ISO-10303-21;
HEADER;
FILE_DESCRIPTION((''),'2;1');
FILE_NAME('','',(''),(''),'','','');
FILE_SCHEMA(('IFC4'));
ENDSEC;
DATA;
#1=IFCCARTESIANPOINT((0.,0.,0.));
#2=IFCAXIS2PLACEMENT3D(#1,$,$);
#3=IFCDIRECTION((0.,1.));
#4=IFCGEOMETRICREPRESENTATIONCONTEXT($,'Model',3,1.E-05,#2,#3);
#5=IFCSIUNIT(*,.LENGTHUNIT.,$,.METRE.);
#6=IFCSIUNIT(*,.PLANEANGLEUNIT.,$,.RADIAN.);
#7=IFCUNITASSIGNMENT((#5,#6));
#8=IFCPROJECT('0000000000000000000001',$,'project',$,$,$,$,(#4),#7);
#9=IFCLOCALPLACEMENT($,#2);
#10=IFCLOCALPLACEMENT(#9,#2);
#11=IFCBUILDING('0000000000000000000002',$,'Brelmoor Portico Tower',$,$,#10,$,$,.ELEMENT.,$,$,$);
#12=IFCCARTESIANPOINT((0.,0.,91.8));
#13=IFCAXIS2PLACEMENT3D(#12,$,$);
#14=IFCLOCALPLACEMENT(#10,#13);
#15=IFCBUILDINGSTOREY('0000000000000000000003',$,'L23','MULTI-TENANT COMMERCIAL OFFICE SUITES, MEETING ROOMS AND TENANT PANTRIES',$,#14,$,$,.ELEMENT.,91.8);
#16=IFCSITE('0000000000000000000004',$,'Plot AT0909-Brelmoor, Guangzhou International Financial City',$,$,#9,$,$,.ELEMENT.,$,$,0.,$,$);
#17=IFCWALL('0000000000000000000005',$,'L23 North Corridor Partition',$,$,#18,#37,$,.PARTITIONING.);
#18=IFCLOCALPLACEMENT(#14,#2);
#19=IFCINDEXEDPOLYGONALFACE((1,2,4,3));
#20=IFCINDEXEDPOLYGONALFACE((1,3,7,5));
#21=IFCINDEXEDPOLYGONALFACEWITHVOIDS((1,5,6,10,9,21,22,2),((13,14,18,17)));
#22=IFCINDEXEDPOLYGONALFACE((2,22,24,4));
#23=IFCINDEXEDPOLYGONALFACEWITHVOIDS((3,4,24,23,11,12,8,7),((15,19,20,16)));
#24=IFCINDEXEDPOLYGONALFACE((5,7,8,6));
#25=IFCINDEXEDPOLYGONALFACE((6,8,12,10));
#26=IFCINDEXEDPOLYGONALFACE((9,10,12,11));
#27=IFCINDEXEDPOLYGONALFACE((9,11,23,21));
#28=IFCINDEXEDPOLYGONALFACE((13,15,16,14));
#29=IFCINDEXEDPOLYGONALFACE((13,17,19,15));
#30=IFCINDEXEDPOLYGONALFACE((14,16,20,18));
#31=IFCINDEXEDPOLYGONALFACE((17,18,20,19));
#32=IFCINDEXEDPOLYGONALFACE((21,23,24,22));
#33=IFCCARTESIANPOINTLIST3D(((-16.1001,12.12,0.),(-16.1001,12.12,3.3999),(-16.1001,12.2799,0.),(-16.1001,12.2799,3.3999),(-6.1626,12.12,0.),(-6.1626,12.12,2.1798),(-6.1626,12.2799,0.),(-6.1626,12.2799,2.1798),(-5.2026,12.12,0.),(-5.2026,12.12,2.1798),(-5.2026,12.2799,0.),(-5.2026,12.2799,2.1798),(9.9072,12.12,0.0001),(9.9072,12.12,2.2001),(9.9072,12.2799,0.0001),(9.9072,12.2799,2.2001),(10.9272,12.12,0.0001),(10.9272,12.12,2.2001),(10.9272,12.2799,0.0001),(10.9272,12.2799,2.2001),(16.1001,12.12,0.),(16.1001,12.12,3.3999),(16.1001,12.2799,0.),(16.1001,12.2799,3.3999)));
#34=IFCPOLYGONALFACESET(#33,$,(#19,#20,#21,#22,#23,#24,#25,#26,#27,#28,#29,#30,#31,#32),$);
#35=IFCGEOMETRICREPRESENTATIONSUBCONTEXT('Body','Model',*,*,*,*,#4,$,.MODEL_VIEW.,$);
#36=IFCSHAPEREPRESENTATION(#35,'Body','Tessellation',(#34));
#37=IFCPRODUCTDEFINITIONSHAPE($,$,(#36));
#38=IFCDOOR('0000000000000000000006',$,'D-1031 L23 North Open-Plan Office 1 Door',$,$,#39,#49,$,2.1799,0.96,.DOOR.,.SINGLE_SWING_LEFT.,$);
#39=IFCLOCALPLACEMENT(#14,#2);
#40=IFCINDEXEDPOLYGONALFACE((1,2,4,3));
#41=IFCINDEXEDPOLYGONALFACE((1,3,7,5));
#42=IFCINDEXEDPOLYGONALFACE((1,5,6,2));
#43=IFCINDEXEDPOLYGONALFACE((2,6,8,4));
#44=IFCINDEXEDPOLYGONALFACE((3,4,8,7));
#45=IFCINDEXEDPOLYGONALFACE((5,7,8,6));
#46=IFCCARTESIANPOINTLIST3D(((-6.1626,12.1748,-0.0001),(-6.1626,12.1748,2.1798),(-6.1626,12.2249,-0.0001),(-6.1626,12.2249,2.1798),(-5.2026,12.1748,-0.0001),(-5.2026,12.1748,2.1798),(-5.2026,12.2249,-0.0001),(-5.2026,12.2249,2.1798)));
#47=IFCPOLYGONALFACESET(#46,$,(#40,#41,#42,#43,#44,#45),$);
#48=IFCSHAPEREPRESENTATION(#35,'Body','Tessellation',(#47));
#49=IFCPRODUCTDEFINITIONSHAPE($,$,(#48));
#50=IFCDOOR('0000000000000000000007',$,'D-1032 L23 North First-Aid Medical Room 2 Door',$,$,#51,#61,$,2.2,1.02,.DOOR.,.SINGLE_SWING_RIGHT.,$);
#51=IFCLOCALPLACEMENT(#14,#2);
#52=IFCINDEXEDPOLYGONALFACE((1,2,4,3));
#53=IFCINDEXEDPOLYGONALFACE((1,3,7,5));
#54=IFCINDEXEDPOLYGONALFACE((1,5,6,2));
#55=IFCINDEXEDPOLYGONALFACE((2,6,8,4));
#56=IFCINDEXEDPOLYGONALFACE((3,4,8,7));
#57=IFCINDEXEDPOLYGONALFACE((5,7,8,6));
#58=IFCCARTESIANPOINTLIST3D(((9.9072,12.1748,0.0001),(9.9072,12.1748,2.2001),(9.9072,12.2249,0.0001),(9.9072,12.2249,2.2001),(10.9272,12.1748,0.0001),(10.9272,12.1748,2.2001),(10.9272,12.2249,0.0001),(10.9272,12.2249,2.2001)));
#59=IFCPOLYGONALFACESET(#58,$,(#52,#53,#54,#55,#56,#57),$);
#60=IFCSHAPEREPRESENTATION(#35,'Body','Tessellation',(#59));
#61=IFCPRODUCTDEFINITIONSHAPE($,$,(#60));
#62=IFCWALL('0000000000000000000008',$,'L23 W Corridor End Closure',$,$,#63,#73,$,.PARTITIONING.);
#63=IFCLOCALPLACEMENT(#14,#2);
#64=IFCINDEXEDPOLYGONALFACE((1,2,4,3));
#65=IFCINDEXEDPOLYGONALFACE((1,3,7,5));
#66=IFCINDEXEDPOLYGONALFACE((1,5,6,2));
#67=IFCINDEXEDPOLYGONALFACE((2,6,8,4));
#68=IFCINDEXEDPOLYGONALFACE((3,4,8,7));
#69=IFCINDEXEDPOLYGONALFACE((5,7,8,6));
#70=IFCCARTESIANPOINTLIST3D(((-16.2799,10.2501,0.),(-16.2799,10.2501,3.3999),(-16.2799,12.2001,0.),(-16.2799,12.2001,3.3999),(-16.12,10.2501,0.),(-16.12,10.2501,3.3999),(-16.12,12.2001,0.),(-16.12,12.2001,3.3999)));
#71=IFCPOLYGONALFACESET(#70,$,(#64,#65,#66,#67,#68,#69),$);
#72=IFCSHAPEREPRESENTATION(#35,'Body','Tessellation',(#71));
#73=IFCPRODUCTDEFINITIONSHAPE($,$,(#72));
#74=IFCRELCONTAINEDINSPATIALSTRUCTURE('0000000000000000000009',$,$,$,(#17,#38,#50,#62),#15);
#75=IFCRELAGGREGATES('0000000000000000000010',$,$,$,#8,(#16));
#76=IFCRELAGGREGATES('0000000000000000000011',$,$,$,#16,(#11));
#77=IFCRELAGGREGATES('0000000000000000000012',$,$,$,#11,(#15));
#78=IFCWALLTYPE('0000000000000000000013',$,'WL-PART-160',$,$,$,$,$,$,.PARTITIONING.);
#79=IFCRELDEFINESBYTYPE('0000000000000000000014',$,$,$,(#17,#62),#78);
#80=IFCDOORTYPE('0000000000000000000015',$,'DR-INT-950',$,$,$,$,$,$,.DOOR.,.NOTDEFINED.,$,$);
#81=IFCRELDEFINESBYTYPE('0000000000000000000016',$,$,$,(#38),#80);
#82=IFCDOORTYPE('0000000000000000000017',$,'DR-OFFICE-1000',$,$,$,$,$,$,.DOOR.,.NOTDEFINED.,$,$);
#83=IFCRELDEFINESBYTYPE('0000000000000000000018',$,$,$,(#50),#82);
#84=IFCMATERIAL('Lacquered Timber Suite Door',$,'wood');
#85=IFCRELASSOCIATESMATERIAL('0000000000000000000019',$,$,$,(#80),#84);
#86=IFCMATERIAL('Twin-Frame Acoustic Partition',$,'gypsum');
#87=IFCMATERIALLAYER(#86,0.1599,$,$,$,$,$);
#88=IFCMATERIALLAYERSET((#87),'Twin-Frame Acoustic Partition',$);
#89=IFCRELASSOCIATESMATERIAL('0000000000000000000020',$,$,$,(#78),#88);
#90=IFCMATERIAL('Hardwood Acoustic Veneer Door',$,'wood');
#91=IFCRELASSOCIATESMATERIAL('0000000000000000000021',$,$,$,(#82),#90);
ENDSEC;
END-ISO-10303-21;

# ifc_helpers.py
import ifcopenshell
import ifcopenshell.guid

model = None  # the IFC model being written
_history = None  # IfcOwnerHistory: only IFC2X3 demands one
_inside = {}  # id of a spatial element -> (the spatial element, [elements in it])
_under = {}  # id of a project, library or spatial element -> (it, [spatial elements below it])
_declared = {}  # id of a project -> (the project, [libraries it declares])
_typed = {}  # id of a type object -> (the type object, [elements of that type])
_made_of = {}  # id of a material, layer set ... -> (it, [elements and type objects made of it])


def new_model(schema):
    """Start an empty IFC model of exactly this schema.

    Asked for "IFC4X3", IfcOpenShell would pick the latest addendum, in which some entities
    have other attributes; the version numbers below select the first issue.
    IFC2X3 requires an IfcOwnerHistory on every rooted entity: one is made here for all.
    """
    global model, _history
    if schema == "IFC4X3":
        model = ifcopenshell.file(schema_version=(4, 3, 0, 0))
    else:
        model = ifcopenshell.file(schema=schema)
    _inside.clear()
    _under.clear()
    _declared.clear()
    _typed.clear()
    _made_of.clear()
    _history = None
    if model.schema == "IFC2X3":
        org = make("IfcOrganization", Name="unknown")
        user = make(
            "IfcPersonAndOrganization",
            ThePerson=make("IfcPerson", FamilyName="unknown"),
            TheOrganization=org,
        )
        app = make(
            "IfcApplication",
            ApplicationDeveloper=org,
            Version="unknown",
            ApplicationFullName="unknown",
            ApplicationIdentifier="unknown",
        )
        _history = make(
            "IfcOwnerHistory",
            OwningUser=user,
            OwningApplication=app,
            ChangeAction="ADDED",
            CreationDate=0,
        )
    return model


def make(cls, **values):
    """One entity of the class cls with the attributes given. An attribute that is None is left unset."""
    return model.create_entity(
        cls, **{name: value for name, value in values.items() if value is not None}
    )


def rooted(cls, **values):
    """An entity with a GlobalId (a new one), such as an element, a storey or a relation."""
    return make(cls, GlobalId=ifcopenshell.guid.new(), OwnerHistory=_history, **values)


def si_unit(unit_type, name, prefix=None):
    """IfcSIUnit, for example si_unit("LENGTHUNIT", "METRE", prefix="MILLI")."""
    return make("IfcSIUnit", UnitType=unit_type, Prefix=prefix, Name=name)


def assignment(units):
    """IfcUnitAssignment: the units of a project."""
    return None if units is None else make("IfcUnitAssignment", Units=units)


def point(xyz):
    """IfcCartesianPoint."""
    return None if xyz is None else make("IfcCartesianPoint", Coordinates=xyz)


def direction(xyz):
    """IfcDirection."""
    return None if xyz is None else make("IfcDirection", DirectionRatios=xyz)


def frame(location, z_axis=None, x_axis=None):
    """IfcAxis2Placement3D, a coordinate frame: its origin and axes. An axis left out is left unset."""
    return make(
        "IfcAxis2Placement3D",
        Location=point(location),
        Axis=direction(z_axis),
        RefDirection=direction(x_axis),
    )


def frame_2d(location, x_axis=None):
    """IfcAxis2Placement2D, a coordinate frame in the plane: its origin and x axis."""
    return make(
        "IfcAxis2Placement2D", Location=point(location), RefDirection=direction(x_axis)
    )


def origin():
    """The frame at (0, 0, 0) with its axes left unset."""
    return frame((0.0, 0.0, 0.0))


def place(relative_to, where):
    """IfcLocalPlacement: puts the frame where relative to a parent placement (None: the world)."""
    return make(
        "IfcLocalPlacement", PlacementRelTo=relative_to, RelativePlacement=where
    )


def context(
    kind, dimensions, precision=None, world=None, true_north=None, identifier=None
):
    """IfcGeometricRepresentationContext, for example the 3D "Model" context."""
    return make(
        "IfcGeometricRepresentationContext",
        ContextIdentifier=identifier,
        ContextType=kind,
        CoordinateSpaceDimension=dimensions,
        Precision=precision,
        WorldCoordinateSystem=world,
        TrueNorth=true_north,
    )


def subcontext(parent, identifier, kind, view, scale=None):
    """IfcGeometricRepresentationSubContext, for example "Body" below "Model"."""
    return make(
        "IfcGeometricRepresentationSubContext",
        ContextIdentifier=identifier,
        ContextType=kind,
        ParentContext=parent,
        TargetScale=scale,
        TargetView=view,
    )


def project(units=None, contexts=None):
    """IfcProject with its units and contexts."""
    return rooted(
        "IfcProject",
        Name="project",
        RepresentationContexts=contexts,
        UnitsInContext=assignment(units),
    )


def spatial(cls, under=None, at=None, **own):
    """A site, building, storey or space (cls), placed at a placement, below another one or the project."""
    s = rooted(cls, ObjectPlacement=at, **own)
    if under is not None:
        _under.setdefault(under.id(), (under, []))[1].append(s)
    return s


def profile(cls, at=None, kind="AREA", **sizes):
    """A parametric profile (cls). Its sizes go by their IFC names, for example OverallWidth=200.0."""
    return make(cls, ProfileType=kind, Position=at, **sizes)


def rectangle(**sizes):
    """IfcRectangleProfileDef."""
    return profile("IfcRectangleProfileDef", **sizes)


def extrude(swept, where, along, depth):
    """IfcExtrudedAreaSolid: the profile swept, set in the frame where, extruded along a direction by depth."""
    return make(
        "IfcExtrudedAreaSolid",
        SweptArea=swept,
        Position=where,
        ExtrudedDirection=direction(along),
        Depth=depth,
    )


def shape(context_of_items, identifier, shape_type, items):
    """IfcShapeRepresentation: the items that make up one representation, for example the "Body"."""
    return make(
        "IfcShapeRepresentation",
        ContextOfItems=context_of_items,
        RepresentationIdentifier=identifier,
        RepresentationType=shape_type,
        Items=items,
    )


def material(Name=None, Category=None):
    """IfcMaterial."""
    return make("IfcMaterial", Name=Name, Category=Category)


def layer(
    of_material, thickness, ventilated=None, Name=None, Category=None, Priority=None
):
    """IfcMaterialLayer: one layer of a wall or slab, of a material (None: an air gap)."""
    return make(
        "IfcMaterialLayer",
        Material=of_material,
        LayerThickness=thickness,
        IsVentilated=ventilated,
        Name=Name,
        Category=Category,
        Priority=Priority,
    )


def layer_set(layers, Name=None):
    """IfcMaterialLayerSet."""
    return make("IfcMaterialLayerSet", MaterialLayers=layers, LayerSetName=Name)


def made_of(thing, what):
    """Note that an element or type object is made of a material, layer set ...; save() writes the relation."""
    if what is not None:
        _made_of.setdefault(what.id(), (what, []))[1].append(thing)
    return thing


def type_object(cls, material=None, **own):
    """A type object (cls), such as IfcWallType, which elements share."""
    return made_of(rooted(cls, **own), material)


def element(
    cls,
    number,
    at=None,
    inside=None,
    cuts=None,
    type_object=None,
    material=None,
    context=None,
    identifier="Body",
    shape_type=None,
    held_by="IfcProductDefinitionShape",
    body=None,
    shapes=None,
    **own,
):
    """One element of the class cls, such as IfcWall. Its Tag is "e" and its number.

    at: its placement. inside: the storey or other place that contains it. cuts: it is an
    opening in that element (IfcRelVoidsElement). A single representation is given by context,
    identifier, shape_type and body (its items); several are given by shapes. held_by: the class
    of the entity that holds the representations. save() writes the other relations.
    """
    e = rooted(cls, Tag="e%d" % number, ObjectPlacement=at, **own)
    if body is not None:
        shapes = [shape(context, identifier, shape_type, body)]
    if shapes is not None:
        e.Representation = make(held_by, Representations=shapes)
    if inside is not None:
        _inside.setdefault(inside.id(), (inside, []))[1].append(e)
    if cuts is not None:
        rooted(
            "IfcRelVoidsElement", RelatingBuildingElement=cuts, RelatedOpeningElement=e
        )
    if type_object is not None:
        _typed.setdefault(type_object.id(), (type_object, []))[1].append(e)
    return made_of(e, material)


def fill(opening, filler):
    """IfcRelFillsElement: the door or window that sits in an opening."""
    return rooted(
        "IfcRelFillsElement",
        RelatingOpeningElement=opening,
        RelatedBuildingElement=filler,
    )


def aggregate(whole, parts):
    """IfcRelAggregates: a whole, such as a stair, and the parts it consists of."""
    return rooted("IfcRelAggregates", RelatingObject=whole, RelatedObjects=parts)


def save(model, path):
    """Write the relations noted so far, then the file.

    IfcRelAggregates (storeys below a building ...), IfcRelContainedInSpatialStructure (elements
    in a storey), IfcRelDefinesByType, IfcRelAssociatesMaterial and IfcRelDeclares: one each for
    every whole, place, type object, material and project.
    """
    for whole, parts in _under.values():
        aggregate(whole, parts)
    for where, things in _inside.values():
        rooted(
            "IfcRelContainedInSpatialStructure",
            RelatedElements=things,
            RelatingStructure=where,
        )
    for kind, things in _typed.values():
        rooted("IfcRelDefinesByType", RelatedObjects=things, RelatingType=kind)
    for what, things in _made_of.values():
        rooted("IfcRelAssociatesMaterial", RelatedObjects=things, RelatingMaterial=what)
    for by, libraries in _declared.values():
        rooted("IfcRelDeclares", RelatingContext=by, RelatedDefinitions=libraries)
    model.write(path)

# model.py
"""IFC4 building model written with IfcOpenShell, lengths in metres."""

from ifc_helpers import new_model, si_unit, direction, frame, frame_2d, origin, place, context, subcontext, project, spatial, rectangle, extrude, material, layer, layer_set, type_object, element, fill, save


model = new_model("IFC4")

# Units and contexts
model_context = context("Model", 3, precision=1e-05, world=origin(), true_north=direction((0.0, 1.0)))
body_context = subcontext(model_context, "Body", "Model", "MODEL_VIEW")
ifc_project = project(units=[si_unit("LENGTHUNIT", "METRE"), si_unit("PLANEANGLEUNIT", "RADIAN")], contexts=[model_context])

# Site, building, storey
site_placement = place(None, origin())
site = spatial("IfcSite", under=ifc_project, at=site_placement, Name="Plot AT0909-Brelmoor, Guangzhou International Financial City", CompositionType="ELEMENT", RefElevation=0.0)
building_placement = place(site_placement, origin())
building = spatial("IfcBuilding", under=site, at=building_placement, Name="Brelmoor Portico Tower", CompositionType="ELEMENT")
storey_placement = place(building_placement, frame((0.0, 0.0, 91.8)))
storey = spatial("IfcBuildingStorey", under=building, at=storey_placement, Name="L23", Description="MULTI-TENANT COMMERCIAL OFFICE SUITES, MEETING ROOMS AND TENANT PANTRIES", CompositionType="ELEMENT", Elevation=91.8)

# Shared definitions
ifc_material_1 = material(Name="Lacquered Timber Suite Door", Category="wood")
door_type_1 = type_object("IfcDoorType", Name="DR-INT-950", OperationType="NOTDEFINED", PredefinedType="DOOR", material=ifc_material_1)

# Wall, openings, doors
ifc_material_2 = material(Name="Twin-Frame Acoustic Partition", Category="gypsum")
ifc_layer_1 = layer(ifc_material_2, 0.1599)
ifc_layer_set_1 = layer_set([ifc_layer_1], Name="Twin-Frame Acoustic Partition")
wall_type_1 = type_object("IfcWallType", Name="WL-PART-160", PredefinedType="PARTITIONING", material=ifc_layer_set_1)
wall_1_placement = place(storey_placement, frame((-16.1001, 12.2, 0.0), z_axis=(0.0, 0.0, 1.0), x_axis=(1.0, 0.0, 0.0)))
wall_1 = element("IfcWall", 1, at=wall_1_placement, inside=storey, type_object=wall_type_1, Name="L23 North Corridor Partition", PredefinedType="PARTITIONING", context=body_context, shape_type="SweptSolid", body=[
    extrude(rectangle(XDim=32.2002, YDim=0.1599, at=frame_2d((16.1001, 0.0))), origin(), (0.0, 0.0, 1.0), 3.3999),
])
opening_1_placement = place(wall_1_placement, frame((9.9375, 0.0, 0.0)))
opening_1 = element("IfcOpeningElement", 2, at=opening_1_placement, cuts=wall_1, PredefinedType="OPENING", context=body_context, shape_type="SweptSolid", body=[
    extrude(rectangle(XDim=0.96, YDim=2.1799, at=frame_2d((0.48, 1.0898))), frame((0.0, 0.0898, 0.0), z_axis=(0.0, -1.0, 0.0), x_axis=(1.0, 0.0, 0.0)), (0.0, 0.0, 1.0), 0.1799),
])
opening_2_placement = place(wall_1_placement, frame((26.0073, 0.0, 0.0)))
opening_2 = element("IfcOpeningElement", 3, at=opening_2_placement, cuts=wall_1, PredefinedType="OPENING", context=body_context, shape_type="SweptSolid", body=[
    extrude(rectangle(XDim=1.02, YDim=2.2, at=frame_2d((0.51, 1.1001))), frame((0.0, 0.0898, 0.0), z_axis=(0.0, -1.0, 0.0), x_axis=(1.0, 0.0, 0.0)), (0.0, 0.0, 1.0), 0.1799),
])
door_1_placement = place(opening_1_placement, origin())
door_1 = element("IfcDoor", 4, at=door_1_placement, inside=storey, type_object=door_type_1, Name="D-1031 L23 North Open-Plan Office 1 Door", OperationType="SINGLE_SWING_LEFT", OverallHeight=2.1799, OverallWidth=0.96, PredefinedType="DOOR", context=body_context, shape_type="SweptSolid", body=[
    extrude(rectangle(XDim=0.96, YDim=2.1799, at=frame_2d((0.48, 1.0898))), frame((0.0, 0.0249, 0.0), z_axis=(0.0, -1.0, 0.0), x_axis=(1.0, 0.0, 0.0)), (0.0, 0.0, 1.0), 0.05),
])
fill(opening_1, door_1)
ifc_material_3 = material(Name="Hardwood Acoustic Veneer Door", Category="wood")
door_type_2 = type_object("IfcDoorType", Name="DR-OFFICE-1000", OperationType="NOTDEFINED", PredefinedType="DOOR", material=ifc_material_3)
door_2_placement = place(opening_2_placement, origin())
door_2 = element("IfcDoor", 5, at=door_2_placement, inside=storey, type_object=door_type_2, Name="D-1032 L23 North First-Aid Medical Room 2 Door", OperationType="SINGLE_SWING_RIGHT", OverallHeight=2.2, OverallWidth=1.02, PredefinedType="DOOR", context=body_context, shape_type="SweptSolid", body=[
    extrude(rectangle(XDim=1.02, YDim=2.2, at=frame_2d((0.51, 1.1001))), frame((0.0, 0.0249, 0.0), z_axis=(0.0, -1.0, 0.0), x_axis=(1.0, 0.0, 0.0)), (0.0, 0.0, 1.0), 0.05),
])
fill(opening_2, door_2)

# Wall
wall_2_placement = place(storey_placement, frame((-16.2, 10.25, 0.0), z_axis=(0.0, 0.0, 1.0), x_axis=(0.0, 1.0, 0.0)))
element("IfcWall", 6, at=wall_2_placement, inside=storey, type_object=wall_type_1, Name="L23 W Corridor End Closure", PredefinedType="PARTITIONING", context=body_context, shape_type="SweptSolid", body=[
    extrude(rectangle(XDim=1.95, YDim=0.1599, at=frame_2d((0.9751, 0.0))), origin(), (0.0, 0.0, 1.0), 3.3999),
])

save(model, "model.ifc")
